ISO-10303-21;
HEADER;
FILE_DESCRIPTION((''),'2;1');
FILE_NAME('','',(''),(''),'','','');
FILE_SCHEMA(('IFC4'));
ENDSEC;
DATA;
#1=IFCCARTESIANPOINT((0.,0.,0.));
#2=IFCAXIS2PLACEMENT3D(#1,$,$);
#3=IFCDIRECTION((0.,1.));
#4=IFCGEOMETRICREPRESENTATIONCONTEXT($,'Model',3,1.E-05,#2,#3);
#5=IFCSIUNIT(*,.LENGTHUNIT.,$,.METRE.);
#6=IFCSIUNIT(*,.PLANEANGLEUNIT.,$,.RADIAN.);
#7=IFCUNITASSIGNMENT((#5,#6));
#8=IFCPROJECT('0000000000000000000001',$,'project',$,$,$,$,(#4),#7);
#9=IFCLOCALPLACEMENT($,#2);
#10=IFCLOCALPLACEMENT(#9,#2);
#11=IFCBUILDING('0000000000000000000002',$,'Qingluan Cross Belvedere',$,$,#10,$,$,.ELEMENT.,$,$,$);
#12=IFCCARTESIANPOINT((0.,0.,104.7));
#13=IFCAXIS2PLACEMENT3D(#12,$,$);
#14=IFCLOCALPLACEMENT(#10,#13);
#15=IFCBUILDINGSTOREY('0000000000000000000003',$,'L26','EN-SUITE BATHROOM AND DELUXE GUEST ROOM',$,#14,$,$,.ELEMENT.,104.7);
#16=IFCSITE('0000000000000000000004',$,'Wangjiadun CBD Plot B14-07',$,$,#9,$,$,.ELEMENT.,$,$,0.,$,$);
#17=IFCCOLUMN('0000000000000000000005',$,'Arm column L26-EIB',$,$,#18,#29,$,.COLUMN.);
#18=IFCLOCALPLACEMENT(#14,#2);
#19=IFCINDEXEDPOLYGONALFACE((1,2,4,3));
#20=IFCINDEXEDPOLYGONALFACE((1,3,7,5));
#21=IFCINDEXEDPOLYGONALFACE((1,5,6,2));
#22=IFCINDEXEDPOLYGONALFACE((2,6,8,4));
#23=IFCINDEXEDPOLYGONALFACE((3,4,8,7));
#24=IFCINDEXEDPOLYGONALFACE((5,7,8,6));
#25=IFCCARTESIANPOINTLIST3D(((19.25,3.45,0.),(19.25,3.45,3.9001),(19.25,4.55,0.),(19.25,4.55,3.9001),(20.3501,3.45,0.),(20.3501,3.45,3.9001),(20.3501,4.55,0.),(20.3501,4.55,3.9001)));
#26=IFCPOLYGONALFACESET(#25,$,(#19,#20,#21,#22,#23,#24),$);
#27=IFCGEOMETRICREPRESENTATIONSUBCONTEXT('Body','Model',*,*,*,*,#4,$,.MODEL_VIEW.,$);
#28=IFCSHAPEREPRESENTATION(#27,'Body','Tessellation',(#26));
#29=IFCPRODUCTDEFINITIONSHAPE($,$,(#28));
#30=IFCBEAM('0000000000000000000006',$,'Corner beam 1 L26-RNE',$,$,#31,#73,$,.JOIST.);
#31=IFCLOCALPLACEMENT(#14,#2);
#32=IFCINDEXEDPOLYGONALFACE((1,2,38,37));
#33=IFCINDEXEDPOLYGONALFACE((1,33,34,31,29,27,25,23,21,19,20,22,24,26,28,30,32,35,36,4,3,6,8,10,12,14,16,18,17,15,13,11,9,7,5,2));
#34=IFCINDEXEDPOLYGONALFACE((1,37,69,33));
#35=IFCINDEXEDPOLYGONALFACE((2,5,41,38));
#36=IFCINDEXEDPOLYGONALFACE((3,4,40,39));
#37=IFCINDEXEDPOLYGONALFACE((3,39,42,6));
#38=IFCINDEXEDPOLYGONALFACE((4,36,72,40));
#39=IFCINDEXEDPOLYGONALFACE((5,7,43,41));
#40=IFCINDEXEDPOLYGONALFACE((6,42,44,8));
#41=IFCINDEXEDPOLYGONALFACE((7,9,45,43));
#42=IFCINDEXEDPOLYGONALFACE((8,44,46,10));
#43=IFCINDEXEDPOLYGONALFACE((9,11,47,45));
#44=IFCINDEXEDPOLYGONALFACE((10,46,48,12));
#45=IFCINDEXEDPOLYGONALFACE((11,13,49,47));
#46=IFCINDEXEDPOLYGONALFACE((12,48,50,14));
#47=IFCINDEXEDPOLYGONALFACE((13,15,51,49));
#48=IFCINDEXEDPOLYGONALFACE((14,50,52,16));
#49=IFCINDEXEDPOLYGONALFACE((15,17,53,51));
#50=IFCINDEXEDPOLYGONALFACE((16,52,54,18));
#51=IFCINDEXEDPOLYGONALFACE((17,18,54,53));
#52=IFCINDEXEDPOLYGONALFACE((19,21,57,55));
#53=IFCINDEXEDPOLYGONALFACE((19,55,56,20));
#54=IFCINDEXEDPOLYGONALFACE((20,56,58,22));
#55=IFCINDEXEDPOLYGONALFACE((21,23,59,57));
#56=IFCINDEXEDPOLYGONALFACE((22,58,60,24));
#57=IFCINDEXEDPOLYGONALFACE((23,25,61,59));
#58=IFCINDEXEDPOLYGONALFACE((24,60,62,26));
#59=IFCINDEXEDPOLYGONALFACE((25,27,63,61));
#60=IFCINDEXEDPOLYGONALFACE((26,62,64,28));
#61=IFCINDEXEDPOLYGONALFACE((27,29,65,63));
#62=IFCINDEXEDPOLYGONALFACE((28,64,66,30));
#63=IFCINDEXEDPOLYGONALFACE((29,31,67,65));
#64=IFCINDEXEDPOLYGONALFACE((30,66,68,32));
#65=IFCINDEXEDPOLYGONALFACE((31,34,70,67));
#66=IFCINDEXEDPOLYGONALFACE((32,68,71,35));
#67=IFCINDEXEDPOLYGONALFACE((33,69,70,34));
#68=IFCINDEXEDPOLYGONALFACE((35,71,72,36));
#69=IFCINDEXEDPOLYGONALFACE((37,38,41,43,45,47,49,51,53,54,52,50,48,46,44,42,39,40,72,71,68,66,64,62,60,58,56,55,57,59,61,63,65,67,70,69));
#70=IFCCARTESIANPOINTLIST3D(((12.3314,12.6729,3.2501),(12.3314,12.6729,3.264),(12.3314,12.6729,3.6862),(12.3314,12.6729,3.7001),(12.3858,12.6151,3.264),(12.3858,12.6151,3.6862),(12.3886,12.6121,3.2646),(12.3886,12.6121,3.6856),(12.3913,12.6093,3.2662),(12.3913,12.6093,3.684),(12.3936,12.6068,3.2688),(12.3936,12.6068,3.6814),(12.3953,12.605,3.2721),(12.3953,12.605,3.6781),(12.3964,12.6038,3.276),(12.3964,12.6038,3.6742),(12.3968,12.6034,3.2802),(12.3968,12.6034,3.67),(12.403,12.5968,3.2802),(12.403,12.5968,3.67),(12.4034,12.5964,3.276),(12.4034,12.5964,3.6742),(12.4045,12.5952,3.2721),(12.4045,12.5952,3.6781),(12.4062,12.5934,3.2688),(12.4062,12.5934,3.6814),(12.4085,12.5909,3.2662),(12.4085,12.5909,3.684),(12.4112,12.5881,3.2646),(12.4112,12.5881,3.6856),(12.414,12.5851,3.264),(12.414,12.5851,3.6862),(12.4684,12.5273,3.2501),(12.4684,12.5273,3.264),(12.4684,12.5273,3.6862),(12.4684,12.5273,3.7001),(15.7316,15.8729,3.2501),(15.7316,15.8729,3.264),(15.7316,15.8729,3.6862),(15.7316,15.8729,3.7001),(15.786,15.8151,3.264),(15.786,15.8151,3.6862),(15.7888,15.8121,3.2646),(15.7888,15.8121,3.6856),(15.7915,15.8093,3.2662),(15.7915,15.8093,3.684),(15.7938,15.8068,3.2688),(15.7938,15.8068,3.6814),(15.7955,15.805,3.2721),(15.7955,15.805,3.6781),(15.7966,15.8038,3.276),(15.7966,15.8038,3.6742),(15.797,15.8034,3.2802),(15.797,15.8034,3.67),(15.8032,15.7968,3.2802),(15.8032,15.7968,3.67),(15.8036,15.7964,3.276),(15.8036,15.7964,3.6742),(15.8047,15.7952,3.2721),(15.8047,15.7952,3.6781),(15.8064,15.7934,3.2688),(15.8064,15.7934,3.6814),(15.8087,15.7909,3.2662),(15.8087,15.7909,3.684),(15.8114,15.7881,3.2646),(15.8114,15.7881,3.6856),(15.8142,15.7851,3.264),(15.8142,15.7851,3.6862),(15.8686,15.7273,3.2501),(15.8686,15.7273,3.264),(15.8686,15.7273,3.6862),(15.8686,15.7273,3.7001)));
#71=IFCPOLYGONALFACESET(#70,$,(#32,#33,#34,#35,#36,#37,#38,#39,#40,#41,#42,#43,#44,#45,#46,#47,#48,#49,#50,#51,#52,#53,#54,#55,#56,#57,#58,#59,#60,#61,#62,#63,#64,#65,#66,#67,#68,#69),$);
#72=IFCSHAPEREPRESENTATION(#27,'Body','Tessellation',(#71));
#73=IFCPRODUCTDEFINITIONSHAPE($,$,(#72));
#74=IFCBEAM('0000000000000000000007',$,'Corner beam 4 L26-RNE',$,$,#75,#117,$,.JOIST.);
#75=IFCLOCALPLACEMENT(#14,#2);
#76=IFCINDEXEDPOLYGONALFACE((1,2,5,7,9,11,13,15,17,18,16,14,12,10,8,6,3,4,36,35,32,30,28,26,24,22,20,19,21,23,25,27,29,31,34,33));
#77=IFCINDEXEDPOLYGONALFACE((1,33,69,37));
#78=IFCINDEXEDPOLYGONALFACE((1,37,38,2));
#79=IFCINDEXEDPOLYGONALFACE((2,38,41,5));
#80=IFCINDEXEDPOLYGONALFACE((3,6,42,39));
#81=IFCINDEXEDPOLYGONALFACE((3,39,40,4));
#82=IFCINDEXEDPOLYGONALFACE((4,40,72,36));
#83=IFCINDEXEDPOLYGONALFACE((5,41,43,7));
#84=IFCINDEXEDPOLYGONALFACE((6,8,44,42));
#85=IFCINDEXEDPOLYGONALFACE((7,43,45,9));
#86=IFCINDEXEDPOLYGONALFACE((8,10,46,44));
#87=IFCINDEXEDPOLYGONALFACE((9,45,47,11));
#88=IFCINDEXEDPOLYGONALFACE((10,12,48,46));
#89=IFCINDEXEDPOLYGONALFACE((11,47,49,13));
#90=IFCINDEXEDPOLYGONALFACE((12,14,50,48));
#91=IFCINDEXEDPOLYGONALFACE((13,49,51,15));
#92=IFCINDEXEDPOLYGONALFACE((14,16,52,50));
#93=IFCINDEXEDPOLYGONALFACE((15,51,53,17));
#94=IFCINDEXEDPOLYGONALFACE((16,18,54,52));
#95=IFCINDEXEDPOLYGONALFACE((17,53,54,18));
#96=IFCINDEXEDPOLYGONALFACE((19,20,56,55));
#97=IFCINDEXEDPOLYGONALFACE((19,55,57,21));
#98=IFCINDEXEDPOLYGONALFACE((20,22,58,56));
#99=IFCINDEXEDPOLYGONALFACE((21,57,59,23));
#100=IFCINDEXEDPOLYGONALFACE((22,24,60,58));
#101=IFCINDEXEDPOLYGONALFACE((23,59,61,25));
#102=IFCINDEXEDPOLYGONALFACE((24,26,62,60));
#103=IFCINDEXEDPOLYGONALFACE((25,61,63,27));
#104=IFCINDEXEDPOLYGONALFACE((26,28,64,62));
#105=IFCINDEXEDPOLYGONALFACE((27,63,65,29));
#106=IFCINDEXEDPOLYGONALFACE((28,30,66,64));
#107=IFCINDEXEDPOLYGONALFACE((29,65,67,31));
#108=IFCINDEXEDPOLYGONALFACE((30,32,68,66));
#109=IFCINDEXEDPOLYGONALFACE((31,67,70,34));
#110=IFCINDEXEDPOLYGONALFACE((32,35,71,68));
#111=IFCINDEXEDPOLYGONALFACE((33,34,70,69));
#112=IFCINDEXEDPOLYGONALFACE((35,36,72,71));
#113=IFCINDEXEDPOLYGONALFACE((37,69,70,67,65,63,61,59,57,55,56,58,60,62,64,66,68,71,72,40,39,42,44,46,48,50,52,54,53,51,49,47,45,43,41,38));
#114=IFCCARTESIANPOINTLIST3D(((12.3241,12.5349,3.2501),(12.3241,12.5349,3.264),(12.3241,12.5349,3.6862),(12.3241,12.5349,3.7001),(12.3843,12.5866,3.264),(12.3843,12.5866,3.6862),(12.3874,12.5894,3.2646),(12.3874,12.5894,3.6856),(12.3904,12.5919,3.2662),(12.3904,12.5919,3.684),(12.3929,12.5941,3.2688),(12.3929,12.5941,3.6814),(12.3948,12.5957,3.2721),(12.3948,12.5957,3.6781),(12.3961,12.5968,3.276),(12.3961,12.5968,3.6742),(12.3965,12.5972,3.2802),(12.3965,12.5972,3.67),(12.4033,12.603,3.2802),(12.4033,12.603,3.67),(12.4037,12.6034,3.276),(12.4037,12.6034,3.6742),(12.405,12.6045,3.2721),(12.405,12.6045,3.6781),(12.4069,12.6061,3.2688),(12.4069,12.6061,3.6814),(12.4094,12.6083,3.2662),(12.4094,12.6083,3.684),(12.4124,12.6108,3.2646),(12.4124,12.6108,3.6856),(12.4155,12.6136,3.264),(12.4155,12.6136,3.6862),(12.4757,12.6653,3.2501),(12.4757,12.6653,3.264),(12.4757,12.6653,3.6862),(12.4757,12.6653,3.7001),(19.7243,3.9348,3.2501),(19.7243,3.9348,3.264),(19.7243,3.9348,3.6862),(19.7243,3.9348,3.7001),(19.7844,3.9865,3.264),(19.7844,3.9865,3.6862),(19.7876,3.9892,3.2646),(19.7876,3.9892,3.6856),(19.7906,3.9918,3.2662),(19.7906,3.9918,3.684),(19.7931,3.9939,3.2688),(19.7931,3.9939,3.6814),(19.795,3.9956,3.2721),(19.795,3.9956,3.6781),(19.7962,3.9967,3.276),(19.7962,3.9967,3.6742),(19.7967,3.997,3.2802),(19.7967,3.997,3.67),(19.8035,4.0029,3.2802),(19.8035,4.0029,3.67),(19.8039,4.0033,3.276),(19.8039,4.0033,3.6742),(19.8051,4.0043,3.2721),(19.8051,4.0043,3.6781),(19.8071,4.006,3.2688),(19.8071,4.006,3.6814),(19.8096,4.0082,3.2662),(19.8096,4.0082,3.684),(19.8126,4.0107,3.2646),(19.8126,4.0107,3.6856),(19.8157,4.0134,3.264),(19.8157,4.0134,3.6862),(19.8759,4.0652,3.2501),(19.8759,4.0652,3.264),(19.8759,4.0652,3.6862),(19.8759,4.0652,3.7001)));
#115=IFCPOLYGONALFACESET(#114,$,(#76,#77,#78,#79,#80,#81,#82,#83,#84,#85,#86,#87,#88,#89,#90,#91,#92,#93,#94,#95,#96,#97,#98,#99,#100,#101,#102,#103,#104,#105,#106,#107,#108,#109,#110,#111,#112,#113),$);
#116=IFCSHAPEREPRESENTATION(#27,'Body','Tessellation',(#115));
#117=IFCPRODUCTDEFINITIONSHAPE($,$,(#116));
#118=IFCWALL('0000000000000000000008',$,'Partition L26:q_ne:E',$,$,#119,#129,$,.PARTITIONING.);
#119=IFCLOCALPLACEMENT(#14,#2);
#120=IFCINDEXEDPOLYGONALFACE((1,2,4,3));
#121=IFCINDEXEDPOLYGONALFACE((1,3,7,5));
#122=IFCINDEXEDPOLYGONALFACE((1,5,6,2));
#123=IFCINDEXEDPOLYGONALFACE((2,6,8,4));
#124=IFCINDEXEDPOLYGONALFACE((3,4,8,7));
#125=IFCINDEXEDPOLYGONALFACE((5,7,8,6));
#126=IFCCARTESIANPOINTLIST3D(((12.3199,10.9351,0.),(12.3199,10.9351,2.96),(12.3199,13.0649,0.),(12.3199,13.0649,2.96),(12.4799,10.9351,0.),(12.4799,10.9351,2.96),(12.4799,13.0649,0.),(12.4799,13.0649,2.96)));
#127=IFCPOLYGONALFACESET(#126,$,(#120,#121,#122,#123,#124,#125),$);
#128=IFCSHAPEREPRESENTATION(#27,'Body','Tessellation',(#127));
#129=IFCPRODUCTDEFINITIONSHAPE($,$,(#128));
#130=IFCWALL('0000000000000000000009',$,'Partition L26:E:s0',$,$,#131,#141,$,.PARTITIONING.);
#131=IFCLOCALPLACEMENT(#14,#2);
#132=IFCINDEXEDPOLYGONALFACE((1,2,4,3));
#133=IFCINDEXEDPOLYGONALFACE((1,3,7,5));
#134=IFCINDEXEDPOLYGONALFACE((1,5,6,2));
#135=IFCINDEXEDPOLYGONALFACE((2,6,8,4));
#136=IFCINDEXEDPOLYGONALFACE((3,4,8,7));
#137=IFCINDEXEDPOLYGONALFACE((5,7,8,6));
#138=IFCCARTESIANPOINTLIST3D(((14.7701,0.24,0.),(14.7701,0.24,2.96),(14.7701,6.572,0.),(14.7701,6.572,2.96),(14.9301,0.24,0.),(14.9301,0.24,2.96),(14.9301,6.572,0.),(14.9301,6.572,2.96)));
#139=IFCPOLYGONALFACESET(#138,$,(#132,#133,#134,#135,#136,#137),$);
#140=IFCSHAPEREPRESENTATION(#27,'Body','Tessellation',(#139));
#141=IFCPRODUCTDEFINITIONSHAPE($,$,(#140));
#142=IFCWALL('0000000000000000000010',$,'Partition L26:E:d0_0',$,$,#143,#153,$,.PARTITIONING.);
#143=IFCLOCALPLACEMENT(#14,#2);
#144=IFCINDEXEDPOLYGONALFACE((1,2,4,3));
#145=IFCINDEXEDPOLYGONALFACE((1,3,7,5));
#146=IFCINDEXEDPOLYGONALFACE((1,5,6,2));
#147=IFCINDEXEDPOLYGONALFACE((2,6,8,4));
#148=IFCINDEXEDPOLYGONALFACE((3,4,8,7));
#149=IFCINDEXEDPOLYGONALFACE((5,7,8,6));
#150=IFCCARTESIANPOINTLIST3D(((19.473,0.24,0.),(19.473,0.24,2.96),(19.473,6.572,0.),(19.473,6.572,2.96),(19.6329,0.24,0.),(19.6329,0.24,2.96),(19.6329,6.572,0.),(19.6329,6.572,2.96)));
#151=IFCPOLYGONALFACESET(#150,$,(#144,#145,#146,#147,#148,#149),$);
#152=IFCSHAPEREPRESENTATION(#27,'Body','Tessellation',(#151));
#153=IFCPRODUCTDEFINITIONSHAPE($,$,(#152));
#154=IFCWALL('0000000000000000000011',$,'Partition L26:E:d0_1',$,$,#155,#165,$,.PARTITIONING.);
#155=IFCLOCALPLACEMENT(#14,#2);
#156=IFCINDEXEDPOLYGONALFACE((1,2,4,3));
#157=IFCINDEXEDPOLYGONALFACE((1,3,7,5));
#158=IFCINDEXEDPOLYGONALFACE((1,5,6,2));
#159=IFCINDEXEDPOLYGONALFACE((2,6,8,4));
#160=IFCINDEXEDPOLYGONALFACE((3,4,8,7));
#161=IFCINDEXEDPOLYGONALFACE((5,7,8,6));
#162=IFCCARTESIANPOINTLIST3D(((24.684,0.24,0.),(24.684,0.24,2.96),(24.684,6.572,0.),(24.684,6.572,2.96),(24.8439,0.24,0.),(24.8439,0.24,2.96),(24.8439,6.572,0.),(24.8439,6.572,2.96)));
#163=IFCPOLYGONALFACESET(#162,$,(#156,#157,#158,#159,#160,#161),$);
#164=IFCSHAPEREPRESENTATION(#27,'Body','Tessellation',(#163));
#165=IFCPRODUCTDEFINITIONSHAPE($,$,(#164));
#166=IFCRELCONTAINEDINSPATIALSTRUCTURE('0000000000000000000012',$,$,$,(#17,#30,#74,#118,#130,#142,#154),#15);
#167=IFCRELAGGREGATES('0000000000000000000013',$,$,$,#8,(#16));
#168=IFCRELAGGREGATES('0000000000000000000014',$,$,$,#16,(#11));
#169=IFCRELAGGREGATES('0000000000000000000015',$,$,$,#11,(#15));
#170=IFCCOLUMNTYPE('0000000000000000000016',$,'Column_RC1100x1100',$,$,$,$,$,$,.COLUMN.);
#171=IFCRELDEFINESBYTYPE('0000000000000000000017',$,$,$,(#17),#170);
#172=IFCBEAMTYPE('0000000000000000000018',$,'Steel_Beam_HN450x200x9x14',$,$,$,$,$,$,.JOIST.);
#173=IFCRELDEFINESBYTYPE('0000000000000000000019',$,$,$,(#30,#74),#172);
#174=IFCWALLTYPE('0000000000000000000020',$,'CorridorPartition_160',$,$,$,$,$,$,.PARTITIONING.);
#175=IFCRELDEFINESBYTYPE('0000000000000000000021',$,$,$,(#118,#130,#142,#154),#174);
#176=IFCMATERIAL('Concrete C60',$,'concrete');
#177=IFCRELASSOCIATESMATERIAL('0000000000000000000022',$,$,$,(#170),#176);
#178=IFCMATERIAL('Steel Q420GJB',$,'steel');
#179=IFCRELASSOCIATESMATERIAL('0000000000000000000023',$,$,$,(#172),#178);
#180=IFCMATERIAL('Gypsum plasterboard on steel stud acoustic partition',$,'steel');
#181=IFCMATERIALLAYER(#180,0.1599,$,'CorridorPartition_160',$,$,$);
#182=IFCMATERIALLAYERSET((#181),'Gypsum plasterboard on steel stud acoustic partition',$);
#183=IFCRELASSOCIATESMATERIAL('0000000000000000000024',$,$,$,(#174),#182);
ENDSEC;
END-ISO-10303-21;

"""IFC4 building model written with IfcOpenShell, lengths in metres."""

from ifc_helpers import new_model, si_unit, direction, frame, frame_2d, origin, origin_2d, place, context, subcontext, project, spatial, rectangle, i_section, extrude, material, layer, layer_set, material_profile, profile_set, type_object, element, save


model = new_model("IFC4")

# Units and contexts
model_context = context("Model", 3, precision=1e-05, world=origin(), true_north=direction((0.0, 1.0)))
body_context = subcontext(model_context, "Body", "Model", "MODEL_VIEW")
ifc_project = project(units=[si_unit("LENGTHUNIT", "METRE"), si_unit("PLANEANGLEUNIT", "RADIAN")], contexts=[model_context])

# Site, building, storey
site_placement = place(None, origin())
site = spatial("IfcSite", under=ifc_project, at=site_placement, Name="Wangjiadun CBD Plot B14-07", CompositionType="ELEMENT", RefElevation=0.0)
building_placement = place(site_placement, origin())
building = spatial("IfcBuilding", under=site, at=building_placement, Name="Qingluan Cross Belvedere", CompositionType="ELEMENT")
storey_placement = place(building_placement, frame((0.0, 0.0, 104.7)))
storey = spatial("IfcBuildingStorey", under=building, at=storey_placement, Name="L26", Description="EN-SUITE BATHROOM AND DELUXE GUEST ROOM", CompositionType="ELEMENT", Elevation=104.7)

# Column
ifc_material_1 = material(Name="Concrete C60", Category="concrete")
ifc_material_profile_1 = material_profile(ifc_material_1, rectangle(XDim=1.1001, YDim=1.1001, at=origin_2d()), Name="RC1100x1100")
ifc_profile_set_1 = profile_set([ifc_material_profile_1], Name="Concrete C60")
column_type = type_object("IfcColumnType", Name="Column_RC1100x1100", PredefinedType="COLUMN", material=ifc_profile_set_1)
column_placement = place(storey_placement, frame((19.8, 4.0, 0.0), z_axis=(0.0, 0.0, 1.0), x_axis=(1.0, 0.0, 0.0)))
element("IfcColumn", 1, at=column_placement, inside=storey, type_object=column_type, Name="Arm column L26-EIB", PredefinedType="COLUMN", context=body_context, shape_type="SweptSolid", body=[
    extrude(rectangle(XDim=1.1001, YDim=1.1001, at=origin_2d()), origin(), (0.0, 0.0, 1.0), 3.9001),
])

# Beams
ifc_material_2 = material(Name="Steel Q420GJB", Category="steel")
ifc_material_profile_2 = material_profile(ifc_material_2, i_section(OverallWidth=0.2, OverallDepth=0.45, WebThickness=0.009, FlangeThickness=0.0139, FilletRadius=0.0161, at=origin_2d()), Name="HN450x200x9x14")
ifc_profile_set_2 = profile_set([ifc_material_profile_2], Name="Steel Q420GJB")
beam_type = type_object("IfcBeamType", Name="Steel_Beam_HN450x200x9x14", PredefinedType="JOIST", material=ifc_profile_set_2)
beam_1_placement = place(storey_placement, frame((12.3999, 12.6001, 3.4751), z_axis=(0.72822, 0.685343, 0.0), x_axis=(-0.685343, 0.72822, 0.0)))
element("IfcBeam", 2, at=beam_1_placement, inside=storey, type_object=beam_type, Name="Corner beam 1 L26-RNE", PredefinedType="JOIST", context=body_context, shape_type="SweptSolid", body=[
    extrude(i_section(OverallWidth=0.2, OverallDepth=0.45, WebThickness=0.009, FlangeThickness=0.0139, FilletRadius=0.0161, at=origin_2d()), origin(), (0.0, 0.0, 1.0), 4.6692),
])
beam_2_placement = place(storey_placement, frame((12.3999, 12.6001, 3.4751), z_axis=(0.652245, -0.758008, 0.0), x_axis=(0.758008, 0.652245, 0.0)))
element("IfcBeam", 3, at=beam_2_placement, inside=storey, type_object=beam_type, Name="Corner beam 4 L26-RNE", PredefinedType="JOIST", context=body_context, shape_type="SweptSolid", body=[
    extrude(i_section(OverallWidth=0.2, OverallDepth=0.45, WebThickness=0.009, FlangeThickness=0.0139, FilletRadius=0.0161, at=origin_2d()), origin(), (0.0, 0.0, 1.0), 11.3457),
])

# Wall
ifc_material_3 = material(Name="Gypsum plasterboard on steel stud acoustic partition", Category="steel")
ifc_layer_1 = layer(ifc_material_3, 0.1599, Name="CorridorPartition_160")
ifc_layer_set_1 = layer_set([ifc_layer_1], Name="Gypsum plasterboard on steel stud acoustic partition")
wall_type_1 = type_object("IfcWallType", Name="CorridorPartition_160", PredefinedType="PARTITIONING", material=ifc_layer_set_1)
wall_1_placement = place(storey_placement, frame((12.3999, 10.9351, 0.0), z_axis=(0.0, 0.0, 1.0), x_axis=(0.0, 1.0, 0.0)))
element("IfcWall", 4, at=wall_1_placement, inside=storey, type_object=wall_type_1, Name="Partition L26:q_ne:E", PredefinedType="PARTITIONING", context=body_context, shape_type="SweptSolid", body=[
    extrude(rectangle(XDim=2.1299, YDim=0.1599, at=frame_2d((1.0649, 0.0))), origin(), (0.0, 0.0, 1.0), 2.96),
])

# Walls
for number, where, z_axis, x_axis, name in (
    (5, (14.8501, 0.24, 0.0), (0.0, 0.0, 1.0), (0.0, 1.0, 0.0), "Partition L26:E:s0"),
    (6, (19.553, 0.24, 0.0), (0.0, 0.0, 1.0), (0.0, 1.0, 0.0), "Partition L26:E:d0_0"),
    (7, (24.7639, 0.24, 0.0), (0.0, 0.0, 1.0), (0.0, 1.0, 0.0), "Partition L26:E:d0_1"),
):
    element("IfcWall", number, at=place(storey_placement, frame(where, z_axis=z_axis, x_axis=x_axis)), inside=storey, type_object=wall_type_1, Name=name, PredefinedType="PARTITIONING", context=body_context, shape_type="SweptSolid", body=[
        extrude(rectangle(XDim=6.332, YDim=0.1599, at=frame_2d((3.166, 0.0))), origin(), (0.0, 0.0, 1.0), 2.96),
    ])

save(model, "model.ifc")
